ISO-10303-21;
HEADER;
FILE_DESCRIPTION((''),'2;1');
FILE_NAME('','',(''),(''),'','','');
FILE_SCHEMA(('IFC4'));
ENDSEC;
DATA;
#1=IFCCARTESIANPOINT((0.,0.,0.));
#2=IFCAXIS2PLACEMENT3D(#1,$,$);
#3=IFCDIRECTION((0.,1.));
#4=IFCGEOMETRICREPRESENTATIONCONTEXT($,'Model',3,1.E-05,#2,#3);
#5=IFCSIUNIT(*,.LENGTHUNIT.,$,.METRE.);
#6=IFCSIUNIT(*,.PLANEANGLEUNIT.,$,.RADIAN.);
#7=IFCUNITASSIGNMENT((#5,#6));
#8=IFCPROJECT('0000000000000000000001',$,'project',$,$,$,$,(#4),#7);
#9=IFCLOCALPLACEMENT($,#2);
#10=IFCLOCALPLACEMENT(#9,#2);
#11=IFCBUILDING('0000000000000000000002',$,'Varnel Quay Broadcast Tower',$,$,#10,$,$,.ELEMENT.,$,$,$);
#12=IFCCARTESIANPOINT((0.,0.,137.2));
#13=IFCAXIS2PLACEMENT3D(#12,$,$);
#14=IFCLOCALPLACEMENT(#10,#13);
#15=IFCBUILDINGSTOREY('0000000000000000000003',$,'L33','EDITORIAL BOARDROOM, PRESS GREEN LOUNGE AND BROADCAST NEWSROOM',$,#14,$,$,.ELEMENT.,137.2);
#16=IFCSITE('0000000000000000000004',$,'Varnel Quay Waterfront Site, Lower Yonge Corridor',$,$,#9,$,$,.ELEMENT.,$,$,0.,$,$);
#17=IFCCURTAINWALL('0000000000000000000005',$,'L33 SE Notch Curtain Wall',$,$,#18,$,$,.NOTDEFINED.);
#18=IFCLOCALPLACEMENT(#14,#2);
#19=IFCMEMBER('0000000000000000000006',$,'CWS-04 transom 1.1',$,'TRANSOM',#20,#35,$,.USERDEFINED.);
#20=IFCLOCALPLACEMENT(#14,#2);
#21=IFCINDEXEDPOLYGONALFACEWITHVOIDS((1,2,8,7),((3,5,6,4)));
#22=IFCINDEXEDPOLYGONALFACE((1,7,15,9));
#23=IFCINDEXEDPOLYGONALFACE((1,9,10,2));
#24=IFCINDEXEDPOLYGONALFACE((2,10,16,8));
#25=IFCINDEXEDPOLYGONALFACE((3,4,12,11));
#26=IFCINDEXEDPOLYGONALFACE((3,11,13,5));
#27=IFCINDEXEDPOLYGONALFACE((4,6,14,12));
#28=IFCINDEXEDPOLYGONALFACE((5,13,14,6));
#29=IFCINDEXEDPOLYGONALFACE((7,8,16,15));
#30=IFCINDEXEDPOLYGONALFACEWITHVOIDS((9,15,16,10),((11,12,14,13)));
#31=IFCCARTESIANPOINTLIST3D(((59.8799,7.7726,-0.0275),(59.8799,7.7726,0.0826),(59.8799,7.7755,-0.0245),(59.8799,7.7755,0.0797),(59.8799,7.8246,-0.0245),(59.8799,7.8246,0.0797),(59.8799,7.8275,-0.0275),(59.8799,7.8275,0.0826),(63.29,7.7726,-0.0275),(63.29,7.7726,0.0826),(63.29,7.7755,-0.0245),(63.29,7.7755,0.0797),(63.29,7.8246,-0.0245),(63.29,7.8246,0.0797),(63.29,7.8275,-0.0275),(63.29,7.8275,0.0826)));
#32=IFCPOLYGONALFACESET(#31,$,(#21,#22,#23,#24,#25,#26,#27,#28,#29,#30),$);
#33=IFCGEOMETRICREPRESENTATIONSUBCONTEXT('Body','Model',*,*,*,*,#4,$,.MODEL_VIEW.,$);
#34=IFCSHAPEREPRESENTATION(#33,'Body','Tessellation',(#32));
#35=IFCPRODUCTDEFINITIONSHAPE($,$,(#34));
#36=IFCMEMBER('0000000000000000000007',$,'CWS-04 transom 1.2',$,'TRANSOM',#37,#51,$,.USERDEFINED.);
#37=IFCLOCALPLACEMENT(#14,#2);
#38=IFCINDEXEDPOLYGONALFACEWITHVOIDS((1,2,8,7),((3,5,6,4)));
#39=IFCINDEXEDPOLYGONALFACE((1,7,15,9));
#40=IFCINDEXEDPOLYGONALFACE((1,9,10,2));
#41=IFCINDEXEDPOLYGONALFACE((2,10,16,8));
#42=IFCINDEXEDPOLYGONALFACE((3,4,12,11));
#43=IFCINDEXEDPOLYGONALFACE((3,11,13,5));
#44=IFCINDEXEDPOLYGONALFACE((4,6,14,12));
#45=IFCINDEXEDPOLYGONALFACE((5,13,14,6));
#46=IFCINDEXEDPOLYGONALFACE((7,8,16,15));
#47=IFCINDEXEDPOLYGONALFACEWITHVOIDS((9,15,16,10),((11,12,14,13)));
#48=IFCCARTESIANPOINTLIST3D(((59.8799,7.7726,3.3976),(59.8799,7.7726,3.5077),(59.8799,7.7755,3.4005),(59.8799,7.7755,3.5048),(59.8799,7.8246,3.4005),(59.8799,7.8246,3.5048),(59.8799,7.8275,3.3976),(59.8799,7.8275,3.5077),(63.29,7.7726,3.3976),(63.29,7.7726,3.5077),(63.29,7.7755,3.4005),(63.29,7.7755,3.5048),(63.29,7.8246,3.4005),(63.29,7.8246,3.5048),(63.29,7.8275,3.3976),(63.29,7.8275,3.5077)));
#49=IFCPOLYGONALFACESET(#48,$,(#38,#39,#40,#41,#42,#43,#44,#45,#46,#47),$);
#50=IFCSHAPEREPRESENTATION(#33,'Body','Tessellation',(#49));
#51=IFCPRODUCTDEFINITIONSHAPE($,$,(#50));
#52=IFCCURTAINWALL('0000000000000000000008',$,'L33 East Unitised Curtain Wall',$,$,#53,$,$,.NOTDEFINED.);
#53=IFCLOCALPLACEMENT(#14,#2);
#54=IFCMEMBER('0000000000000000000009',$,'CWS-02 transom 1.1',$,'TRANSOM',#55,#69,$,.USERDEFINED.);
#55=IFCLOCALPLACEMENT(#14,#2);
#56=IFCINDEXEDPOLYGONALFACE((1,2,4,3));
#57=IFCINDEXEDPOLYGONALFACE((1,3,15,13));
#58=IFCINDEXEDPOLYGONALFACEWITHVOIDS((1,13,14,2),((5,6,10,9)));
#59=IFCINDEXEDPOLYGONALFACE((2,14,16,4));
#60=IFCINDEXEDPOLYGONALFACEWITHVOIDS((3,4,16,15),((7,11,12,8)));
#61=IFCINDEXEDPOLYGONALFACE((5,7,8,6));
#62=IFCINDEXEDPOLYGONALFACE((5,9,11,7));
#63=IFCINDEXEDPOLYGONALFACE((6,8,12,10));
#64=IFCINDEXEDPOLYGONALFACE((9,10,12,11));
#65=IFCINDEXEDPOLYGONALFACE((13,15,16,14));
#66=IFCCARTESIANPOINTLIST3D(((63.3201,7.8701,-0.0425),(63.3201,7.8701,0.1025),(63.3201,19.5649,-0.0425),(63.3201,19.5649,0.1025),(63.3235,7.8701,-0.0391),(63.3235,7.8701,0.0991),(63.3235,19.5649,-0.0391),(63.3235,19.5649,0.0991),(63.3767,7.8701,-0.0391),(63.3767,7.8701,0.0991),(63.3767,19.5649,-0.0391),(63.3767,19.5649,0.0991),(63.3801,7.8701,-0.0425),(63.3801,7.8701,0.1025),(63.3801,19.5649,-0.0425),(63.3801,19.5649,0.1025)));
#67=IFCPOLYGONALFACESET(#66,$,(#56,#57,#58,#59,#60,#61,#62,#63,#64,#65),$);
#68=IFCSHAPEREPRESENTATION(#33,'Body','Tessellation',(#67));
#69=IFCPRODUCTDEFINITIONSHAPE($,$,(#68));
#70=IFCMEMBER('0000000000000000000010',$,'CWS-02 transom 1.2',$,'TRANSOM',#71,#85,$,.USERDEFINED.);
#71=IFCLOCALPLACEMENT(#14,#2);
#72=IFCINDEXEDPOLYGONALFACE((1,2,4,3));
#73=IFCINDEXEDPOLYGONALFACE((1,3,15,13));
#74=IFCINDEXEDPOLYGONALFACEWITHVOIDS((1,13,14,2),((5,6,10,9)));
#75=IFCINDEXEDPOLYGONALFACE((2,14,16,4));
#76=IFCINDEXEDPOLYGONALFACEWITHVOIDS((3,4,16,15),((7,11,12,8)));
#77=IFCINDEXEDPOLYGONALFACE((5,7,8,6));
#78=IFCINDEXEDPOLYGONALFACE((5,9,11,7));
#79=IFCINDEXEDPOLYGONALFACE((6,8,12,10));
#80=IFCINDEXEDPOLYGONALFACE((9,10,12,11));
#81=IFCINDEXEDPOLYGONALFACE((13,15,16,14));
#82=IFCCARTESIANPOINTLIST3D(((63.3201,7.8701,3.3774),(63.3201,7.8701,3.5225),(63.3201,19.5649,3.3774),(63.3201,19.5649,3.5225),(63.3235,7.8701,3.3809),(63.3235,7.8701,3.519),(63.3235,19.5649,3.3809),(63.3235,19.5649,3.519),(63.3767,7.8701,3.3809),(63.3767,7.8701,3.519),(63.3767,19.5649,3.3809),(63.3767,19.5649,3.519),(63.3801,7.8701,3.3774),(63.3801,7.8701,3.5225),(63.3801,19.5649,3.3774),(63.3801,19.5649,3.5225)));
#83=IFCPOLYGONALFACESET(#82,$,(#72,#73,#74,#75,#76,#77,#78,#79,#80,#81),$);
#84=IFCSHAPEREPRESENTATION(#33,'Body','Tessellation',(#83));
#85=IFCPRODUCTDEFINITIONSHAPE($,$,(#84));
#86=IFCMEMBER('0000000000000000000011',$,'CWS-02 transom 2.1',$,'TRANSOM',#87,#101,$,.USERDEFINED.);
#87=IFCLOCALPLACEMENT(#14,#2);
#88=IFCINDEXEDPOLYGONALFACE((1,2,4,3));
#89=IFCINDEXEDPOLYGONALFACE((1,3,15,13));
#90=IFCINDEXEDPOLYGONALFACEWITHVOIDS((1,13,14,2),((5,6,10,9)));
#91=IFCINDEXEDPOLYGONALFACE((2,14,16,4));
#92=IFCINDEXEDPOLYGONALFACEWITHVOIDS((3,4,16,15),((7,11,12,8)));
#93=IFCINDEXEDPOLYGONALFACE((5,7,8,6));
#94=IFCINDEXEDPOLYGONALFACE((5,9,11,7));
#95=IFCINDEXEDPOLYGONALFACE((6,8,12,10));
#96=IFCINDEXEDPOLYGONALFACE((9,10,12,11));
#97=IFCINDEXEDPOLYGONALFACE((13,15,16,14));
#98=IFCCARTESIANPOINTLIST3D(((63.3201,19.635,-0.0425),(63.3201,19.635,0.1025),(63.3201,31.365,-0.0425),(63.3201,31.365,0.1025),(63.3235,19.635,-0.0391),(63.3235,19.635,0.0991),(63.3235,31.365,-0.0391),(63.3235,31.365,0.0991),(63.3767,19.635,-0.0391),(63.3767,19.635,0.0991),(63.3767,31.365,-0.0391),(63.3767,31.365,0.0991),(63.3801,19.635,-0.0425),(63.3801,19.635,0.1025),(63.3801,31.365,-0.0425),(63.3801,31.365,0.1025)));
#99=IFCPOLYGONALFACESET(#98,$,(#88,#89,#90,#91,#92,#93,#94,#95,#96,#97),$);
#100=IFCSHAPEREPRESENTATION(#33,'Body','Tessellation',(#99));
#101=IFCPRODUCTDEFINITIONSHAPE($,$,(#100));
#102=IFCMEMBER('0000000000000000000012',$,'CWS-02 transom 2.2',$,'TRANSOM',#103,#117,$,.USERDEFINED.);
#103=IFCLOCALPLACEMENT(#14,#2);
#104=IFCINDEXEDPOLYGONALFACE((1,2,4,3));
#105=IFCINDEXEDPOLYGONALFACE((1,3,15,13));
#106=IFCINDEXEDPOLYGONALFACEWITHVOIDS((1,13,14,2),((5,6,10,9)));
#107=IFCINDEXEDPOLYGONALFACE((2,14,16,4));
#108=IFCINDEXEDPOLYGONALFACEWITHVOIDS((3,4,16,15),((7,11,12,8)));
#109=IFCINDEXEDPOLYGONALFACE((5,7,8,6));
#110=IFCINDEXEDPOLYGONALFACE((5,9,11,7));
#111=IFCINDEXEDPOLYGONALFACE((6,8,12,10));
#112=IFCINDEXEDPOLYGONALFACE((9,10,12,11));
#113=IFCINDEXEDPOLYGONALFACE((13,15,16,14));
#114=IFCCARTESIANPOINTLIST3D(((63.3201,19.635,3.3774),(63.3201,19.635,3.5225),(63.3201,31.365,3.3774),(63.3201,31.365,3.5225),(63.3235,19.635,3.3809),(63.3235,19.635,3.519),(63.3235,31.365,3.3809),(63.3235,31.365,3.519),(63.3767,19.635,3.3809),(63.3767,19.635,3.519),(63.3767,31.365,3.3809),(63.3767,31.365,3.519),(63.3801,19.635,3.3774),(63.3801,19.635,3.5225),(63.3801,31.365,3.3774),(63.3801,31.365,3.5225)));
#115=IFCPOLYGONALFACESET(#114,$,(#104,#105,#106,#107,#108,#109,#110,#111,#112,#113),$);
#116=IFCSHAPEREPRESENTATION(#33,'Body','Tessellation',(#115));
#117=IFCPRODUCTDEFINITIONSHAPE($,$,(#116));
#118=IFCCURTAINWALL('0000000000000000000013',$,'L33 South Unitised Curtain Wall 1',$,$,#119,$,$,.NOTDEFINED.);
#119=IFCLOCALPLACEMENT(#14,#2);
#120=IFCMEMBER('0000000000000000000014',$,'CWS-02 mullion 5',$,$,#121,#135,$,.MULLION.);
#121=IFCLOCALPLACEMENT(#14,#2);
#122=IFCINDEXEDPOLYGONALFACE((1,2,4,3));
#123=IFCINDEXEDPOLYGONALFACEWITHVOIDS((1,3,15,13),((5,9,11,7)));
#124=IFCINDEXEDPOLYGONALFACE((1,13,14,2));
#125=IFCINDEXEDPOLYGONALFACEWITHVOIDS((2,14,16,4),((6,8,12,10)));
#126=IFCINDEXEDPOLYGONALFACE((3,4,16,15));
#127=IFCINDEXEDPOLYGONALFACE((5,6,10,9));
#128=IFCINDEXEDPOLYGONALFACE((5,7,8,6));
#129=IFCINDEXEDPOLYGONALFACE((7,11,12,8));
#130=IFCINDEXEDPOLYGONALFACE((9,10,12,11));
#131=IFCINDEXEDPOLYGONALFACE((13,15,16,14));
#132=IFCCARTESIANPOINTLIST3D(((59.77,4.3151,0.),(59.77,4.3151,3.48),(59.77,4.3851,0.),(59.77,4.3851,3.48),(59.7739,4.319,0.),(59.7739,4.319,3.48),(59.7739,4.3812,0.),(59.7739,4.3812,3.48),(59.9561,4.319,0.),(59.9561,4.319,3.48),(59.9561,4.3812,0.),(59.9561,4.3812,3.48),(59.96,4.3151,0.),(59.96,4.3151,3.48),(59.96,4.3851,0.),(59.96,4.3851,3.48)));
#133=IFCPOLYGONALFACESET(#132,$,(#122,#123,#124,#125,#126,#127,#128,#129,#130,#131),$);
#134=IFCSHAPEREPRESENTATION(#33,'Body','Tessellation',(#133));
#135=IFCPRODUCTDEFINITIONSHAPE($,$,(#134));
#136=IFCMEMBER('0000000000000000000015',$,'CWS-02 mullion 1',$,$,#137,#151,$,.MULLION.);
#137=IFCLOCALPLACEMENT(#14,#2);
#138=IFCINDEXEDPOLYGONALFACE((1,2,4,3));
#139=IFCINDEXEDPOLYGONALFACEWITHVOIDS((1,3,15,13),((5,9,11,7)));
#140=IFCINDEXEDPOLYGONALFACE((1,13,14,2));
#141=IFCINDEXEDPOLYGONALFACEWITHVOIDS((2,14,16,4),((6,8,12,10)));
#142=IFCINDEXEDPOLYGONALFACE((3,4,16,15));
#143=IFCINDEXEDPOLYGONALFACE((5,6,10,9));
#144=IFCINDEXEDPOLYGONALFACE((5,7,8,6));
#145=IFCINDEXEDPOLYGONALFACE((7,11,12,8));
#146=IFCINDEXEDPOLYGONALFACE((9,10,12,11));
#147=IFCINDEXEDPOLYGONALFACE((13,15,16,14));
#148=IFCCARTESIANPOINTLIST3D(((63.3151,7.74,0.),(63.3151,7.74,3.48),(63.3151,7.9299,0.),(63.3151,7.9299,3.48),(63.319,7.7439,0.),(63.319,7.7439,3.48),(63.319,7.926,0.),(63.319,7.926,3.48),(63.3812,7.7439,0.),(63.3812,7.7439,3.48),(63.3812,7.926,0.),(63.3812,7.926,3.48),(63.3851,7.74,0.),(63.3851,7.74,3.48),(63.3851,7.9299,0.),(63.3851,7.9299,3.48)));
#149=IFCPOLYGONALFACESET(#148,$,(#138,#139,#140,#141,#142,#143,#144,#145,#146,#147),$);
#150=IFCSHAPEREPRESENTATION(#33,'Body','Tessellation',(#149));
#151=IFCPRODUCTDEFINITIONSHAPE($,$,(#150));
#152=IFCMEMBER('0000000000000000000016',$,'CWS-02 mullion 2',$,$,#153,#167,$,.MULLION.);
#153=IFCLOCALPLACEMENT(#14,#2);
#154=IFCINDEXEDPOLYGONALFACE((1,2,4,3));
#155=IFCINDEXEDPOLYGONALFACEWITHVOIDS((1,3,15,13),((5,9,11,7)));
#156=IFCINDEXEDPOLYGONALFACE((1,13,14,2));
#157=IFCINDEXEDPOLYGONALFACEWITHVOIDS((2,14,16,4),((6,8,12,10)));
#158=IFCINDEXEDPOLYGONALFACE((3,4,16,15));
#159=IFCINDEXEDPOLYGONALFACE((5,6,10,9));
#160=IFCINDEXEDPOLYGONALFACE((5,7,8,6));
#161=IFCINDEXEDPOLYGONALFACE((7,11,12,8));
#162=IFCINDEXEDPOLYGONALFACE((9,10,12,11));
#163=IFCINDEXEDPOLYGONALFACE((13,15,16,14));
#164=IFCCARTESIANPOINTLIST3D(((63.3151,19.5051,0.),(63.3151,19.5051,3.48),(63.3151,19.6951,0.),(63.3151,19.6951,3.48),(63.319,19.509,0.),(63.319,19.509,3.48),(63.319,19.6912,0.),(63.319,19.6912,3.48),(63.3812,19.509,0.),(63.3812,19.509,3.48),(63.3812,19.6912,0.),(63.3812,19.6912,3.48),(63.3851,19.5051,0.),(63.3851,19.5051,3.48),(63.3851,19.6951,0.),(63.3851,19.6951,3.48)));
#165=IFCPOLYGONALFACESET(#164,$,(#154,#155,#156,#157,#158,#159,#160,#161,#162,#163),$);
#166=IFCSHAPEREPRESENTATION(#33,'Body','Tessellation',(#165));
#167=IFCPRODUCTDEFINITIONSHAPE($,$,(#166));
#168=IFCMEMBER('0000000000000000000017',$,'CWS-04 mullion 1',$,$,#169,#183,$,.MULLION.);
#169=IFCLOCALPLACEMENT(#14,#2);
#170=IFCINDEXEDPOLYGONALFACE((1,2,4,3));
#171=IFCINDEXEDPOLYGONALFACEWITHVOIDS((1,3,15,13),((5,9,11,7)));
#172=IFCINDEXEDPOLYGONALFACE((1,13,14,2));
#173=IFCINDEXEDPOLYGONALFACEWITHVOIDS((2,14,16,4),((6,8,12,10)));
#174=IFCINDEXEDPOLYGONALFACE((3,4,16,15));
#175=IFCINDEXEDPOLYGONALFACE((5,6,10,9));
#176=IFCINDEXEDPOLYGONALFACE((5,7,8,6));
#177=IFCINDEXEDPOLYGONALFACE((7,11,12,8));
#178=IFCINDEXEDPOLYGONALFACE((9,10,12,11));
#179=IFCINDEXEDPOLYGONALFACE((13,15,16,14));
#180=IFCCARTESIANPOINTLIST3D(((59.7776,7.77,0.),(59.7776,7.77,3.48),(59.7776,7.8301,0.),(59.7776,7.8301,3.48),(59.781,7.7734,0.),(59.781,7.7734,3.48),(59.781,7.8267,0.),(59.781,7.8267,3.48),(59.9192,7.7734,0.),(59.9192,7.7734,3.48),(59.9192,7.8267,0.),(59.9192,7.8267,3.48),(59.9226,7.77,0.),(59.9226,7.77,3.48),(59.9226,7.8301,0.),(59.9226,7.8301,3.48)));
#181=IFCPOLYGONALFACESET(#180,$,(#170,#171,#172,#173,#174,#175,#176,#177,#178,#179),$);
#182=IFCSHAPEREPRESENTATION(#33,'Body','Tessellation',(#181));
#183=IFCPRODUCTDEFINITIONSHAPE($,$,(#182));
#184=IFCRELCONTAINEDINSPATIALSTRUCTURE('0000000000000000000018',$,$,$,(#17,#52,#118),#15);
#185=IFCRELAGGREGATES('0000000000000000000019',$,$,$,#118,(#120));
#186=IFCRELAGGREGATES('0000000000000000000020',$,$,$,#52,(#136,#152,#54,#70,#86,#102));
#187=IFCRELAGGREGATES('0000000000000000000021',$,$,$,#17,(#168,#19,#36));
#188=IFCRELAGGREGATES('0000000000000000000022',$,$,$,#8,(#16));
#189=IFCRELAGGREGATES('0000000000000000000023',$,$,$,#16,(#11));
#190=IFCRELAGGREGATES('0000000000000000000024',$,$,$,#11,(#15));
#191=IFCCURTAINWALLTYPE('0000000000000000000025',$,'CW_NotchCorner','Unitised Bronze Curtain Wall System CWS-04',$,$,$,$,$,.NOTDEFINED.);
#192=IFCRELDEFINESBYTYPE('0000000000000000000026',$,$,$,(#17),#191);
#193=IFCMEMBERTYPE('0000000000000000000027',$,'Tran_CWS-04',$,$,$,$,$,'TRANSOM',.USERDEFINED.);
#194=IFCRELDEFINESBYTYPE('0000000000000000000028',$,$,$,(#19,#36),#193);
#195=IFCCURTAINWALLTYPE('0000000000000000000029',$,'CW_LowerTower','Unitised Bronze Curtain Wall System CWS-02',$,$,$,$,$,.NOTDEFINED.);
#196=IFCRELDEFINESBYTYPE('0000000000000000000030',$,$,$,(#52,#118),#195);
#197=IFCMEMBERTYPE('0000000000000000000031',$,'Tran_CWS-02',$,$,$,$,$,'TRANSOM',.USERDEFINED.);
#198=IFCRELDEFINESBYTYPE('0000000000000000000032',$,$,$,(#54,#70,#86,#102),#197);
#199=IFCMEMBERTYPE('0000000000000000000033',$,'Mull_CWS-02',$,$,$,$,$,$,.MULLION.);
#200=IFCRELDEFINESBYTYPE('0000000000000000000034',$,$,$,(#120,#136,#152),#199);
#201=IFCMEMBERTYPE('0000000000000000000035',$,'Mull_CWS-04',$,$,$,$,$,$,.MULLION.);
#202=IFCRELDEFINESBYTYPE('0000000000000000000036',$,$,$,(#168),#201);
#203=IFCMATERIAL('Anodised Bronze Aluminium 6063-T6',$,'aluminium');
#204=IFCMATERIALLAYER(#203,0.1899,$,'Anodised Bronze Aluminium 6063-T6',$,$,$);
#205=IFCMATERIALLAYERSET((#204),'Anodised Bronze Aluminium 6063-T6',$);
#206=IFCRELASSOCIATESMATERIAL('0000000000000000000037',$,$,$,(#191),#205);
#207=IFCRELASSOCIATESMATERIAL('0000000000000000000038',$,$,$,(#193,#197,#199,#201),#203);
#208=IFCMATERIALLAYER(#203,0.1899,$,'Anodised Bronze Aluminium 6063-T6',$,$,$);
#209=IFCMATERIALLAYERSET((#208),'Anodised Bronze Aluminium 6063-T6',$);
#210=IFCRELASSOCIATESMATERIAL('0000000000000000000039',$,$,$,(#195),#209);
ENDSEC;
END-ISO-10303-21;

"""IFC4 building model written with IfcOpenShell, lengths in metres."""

from ifc_helpers import new_model, si_unit, direction, frame, origin, origin_2d, place, context, subcontext, project, spatial, hollow_rectangle, extrude, source, transform, mapped, material, layer, layer_set, material_profile, profile_set, type_object, type_shapes, element, aggregate, save


model = new_model("IFC4")

# Units and contexts
model_context = context("Model", 3, precision=1e-05, world=origin(), true_north=direction((0.0, 1.0)))
body_context = subcontext(model_context, "Body", "Model", "MODEL_VIEW")
ifc_project = project(units=[si_unit("LENGTHUNIT", "METRE"), si_unit("PLANEANGLEUNIT", "RADIAN")], contexts=[model_context])

# Site, building, storey
site_placement = place(None, origin())
site = spatial("IfcSite", under=ifc_project, at=site_placement, Name="Varnel Quay Waterfront Site, Lower Yonge Corridor", CompositionType="ELEMENT", RefElevation=0.0)
building_placement = place(site_placement, origin())
building = spatial("IfcBuilding", under=site, at=building_placement, Name="Varnel Quay Broadcast Tower", CompositionType="ELEMENT")
storey_placement = place(building_placement, frame((0.0, 0.0, 137.2)))
storey = spatial("IfcBuildingStorey", under=building, at=storey_placement, Name="L33", Description="EDITORIAL BOARDROOM, PRESS GREEN LOUNGE AND BROADCAST NEWSROOM", CompositionType="ELEMENT", Elevation=137.2)

# Curtain walls, members
ifc_material_1 = material(Name="Anodised Bronze Aluminium 6063-T6", Category="aluminium")
ifc_layer_1 = layer(ifc_material_1, 0.1899, Name="Anodised Bronze Aluminium 6063-T6")
ifc_layer_set_1 = layer_set([ifc_layer_1], Name="Anodised Bronze Aluminium 6063-T6")
curtain_wall_type_1 = type_object("IfcCurtainWallType", Name="CW_NotchCorner", Description="Unitised Bronze Curtain Wall System CWS-04", PredefinedType="NOTDEFINED", material=ifc_layer_set_1)
curtain_wall_1_placement = place(storey_placement, origin())
curtain_wall_1 = element("IfcCurtainWall", 1, at=curtain_wall_1_placement, inside=storey, type_object=curtain_wall_type_1, Name="L33 SE Notch Curtain Wall", PredefinedType="NOTDEFINED")
ifc_material_profile_1 = material_profile(ifc_material_1, hollow_rectangle(XDim=0.0549, YDim=0.1101, WallThickness=0.0029, at=origin_2d()), Name="ALU55X110X3")
ifc_profile_set_1 = profile_set([ifc_material_profile_1], Name="Anodised Bronze Aluminium 6063-T6")
member_type_1 = type_object("IfcMemberType", Name="Tran_CWS-04", ElementType="TRANSOM", PredefinedType="USERDEFINED", material=ifc_profile_set_1)
shared_shape_1 = source(origin(), body_context, "Body", "SweptSolid", [
    extrude(hollow_rectangle(XDim=0.0549, YDim=0.1101, WallThickness=0.0029, at=origin_2d()), origin(), (0.0, 0.0, 1.0), 3.4102),
])
type_shapes(member_type_1, [shared_shape_1])
member_1_placement = place(storey_placement, frame((59.8799, 7.8, 0.0276), z_axis=(1.0, 0.0, 0.0), x_axis=(0.0, 1.0, 0.0)))
member_1 = element("IfcMember", 2, at=member_1_placement, type_object=member_type_1, Name="CWS-04 transom 1.1", ObjectType="TRANSOM", PredefinedType="USERDEFINED", context=body_context, shape_type="MappedRepresentation", body=[
    mapped(shared_shape_1, transform((0.0, 0.0, 0.0), x_axis=(1.0, 0.0, 0.0), y_axis=(0.0, 1.0, 0.0), z_axis=(0.0, 0.0, 1.0), scale=1.0)),
])
member_2_placement = place(storey_placement, frame((59.8799, 7.8, 3.4526), z_axis=(1.0, 0.0, 0.0), x_axis=(0.0, 1.0, 0.0)))
member_2 = element("IfcMember", 3, at=member_2_placement, type_object=member_type_1, Name="CWS-04 transom 1.2", ObjectType="TRANSOM", PredefinedType="USERDEFINED", context=body_context, shape_type="MappedRepresentation", body=[
    mapped(shared_shape_1, transform((0.0, 0.0, 0.0), x_axis=(1.0, 0.0, 0.0), y_axis=(0.0, 1.0, 0.0), z_axis=(0.0, 0.0, 1.0), scale=1.0)),
])
ifc_layer_2 = layer(ifc_material_1, 0.1899, Name="Anodised Bronze Aluminium 6063-T6")
ifc_layer_set_2 = layer_set([ifc_layer_2], Name="Anodised Bronze Aluminium 6063-T6")
curtain_wall_type_2 = type_object("IfcCurtainWallType", Name="CW_LowerTower", Description="Unitised Bronze Curtain Wall System CWS-02", PredefinedType="NOTDEFINED", material=ifc_layer_set_2)
curtain_wall_2_placement = place(storey_placement, origin())
curtain_wall_2 = element("IfcCurtainWall", 4, at=curtain_wall_2_placement, inside=storey, type_object=curtain_wall_type_2, Name="L33 East Unitised Curtain Wall", PredefinedType="NOTDEFINED")
ifc_material_profile_2 = material_profile(ifc_material_1, hollow_rectangle(XDim=0.0601, YDim=0.145, WallThickness=0.0034, at=origin_2d()), Name="ALU60X145X3.5")
ifc_profile_set_2 = profile_set([ifc_material_profile_2], Name="Anodised Bronze Aluminium 6063-T6")
member_type_2 = type_object("IfcMemberType", Name="Tran_CWS-02", ElementType="TRANSOM", PredefinedType="USERDEFINED", material=ifc_profile_set_2)
shared_shape_2 = source(origin(), body_context, "Body", "SweptSolid", [
    extrude(hollow_rectangle(XDim=0.0601, YDim=0.145, WallThickness=0.0034, at=origin_2d()), origin(), (0.0, 0.0, 1.0), 11.6948),
])
member_3_placement = place(storey_placement, frame((63.3501, 7.8701, 0.03), z_axis=(0.0, 1.0, 0.0), x_axis=(-1.0, 0.0, 0.0)))
member_3 = element("IfcMember", 5, at=member_3_placement, type_object=member_type_2, Name="CWS-02 transom 1.1", ObjectType="TRANSOM", PredefinedType="USERDEFINED", context=body_context, shape_type="MappedRepresentation", body=[
    mapped(shared_shape_2, transform((0.0, 0.0, 0.0), x_axis=(1.0, 0.0, 0.0), y_axis=(0.0, 1.0, 0.0), z_axis=(0.0, 0.0, 1.0), scale=1.0)),
])
member_4_placement = place(storey_placement, frame((63.3501, 7.8701, 3.45), z_axis=(0.0, 1.0, 0.0), x_axis=(-1.0, 0.0, 0.0)))
member_4 = element("IfcMember", 6, at=member_4_placement, type_object=member_type_2, Name="CWS-02 transom 1.2", ObjectType="TRANSOM", PredefinedType="USERDEFINED", context=body_context, shape_type="MappedRepresentation", body=[
    mapped(shared_shape_2, transform((0.0, 0.0, 0.0), x_axis=(1.0, 0.0, 0.0), y_axis=(0.0, 1.0, 0.0), z_axis=(0.0, 0.0, 1.0), scale=1.0)),
])
shared_shape_3 = source(origin(), body_context, "Body", "SweptSolid", [
    extrude(hollow_rectangle(XDim=0.0601, YDim=0.145, WallThickness=0.0034, at=origin_2d()), origin(), (0.0, 0.0, 1.0), 11.73),
])
type_shapes(member_type_2, [shared_shape_2, shared_shape_3])
member_5_placement = place(storey_placement, frame((63.3501, 19.635, 0.03), z_axis=(0.0, 1.0, 0.0), x_axis=(-1.0, 0.0, 0.0)))
member_5 = element("IfcMember", 7, at=member_5_placement, type_object=member_type_2, Name="CWS-02 transom 2.1", ObjectType="TRANSOM", PredefinedType="USERDEFINED", context=body_context, shape_type="MappedRepresentation", body=[
    mapped(shared_shape_3, transform((0.0, 0.0, 0.0), x_axis=(1.0, 0.0, 0.0), y_axis=(0.0, 1.0, 0.0), z_axis=(0.0, 0.0, 1.0), scale=1.0)),
])
member_6_placement = place(storey_placement, frame((63.3501, 19.635, 3.45), z_axis=(0.0, 1.0, 0.0), x_axis=(-1.0, 0.0, 0.0)))
member_6 = element("IfcMember", 8, at=member_6_placement, type_object=member_type_2, Name="CWS-02 transom 2.2", ObjectType="TRANSOM", PredefinedType="USERDEFINED", context=body_context, shape_type="MappedRepresentation", body=[
    mapped(shared_shape_3, transform((0.0, 0.0, 0.0), x_axis=(1.0, 0.0, 0.0), y_axis=(0.0, 1.0, 0.0), z_axis=(0.0, 0.0, 1.0), scale=1.0)),
])

# Curtain wall, member
curtain_wall_3_placement = place(storey_placement, origin())
curtain_wall_3 = element("IfcCurtainWall", 9, at=curtain_wall_3_placement, inside=storey, type_object=curtain_wall_type_2, Name="L33 South Unitised Curtain Wall 1", PredefinedType="NOTDEFINED")
ifc_material_profile_3 = material_profile(ifc_material_1, hollow_rectangle(XDim=0.0701, YDim=0.1899, WallThickness=0.0039, at=origin_2d()), Name="ALU70X190X4")
ifc_profile_set_3 = profile_set([ifc_material_profile_3], Name="Anodised Bronze Aluminium 6063-T6")
member_type_3 = type_object("IfcMemberType", Name="Mull_CWS-02", PredefinedType="MULLION", material=ifc_profile_set_3)
shared_shape_4 = source(origin(), body_context, "Body", "SweptSolid", [
    extrude(hollow_rectangle(XDim=0.0701, YDim=0.1899, WallThickness=0.0039, at=origin_2d()), origin(), (0.0, 0.0, 1.0), 3.48),
])
type_shapes(member_type_3, [shared_shape_4])
member_7_placement = place(storey_placement, frame((59.865, 4.3501, 0.0), z_axis=(0.0, 0.0, 1.0), x_axis=(0.0, 1.0, 0.0)))
member_7 = element("IfcMember", 10, at=member_7_placement, type_object=member_type_3, Name="CWS-02 mullion 5", PredefinedType="MULLION", context=body_context, shape_type="MappedRepresentation", body=[
    mapped(shared_shape_4, transform((0.0, 0.0, 0.0), x_axis=(1.0, 0.0, 0.0), y_axis=(0.0, 1.0, 0.0), z_axis=(0.0, 0.0, 1.0), scale=1.0)),
])

# Members
member_8_placement = place(storey_placement, frame((63.3501, 7.835, 0.0), z_axis=(0.0, 0.0, 1.0), x_axis=(-1.0, 0.0, 0.0)))
member_8 = element("IfcMember", 11, at=member_8_placement, type_object=member_type_3, Name="CWS-02 mullion 1", PredefinedType="MULLION", context=body_context, shape_type="MappedRepresentation", body=[
    mapped(shared_shape_4, transform((0.0, 0.0, 0.0), x_axis=(1.0, 0.0, 0.0), y_axis=(0.0, 1.0, 0.0), z_axis=(0.0, 0.0, 1.0), scale=1.0)),
])
member_9_placement = place(storey_placement, frame((63.3501, 19.6001, 0.0), z_axis=(0.0, 0.0, 1.0), x_axis=(-1.0, 0.0, 0.0)))
member_9 = element("IfcMember", 12, at=member_9_placement, type_object=member_type_3, Name="CWS-02 mullion 2", PredefinedType="MULLION", context=body_context, shape_type="MappedRepresentation", body=[
    mapped(shared_shape_4, transform((0.0, 0.0, 0.0), x_axis=(1.0, 0.0, 0.0), y_axis=(0.0, 1.0, 0.0), z_axis=(0.0, 0.0, 1.0), scale=1.0)),
])
ifc_material_profile_4 = material_profile(ifc_material_1, hollow_rectangle(XDim=0.0601, YDim=0.145, WallThickness=0.0034, at=origin_2d()), Name="ALU60X145X3.5")
ifc_profile_set_4 = profile_set([ifc_material_profile_4], Name="Anodised Bronze Aluminium 6063-T6")
member_type_4 = type_object("IfcMemberType", Name="Mull_CWS-04", PredefinedType="MULLION", material=ifc_profile_set_4)
shared_shape_5 = source(origin(), body_context, "Body", "SweptSolid", [
    extrude(hollow_rectangle(XDim=0.0601, YDim=0.145, WallThickness=0.0034, at=origin_2d()), origin(), (0.0, 0.0, 1.0), 3.48),
])
type_shapes(member_type_4, [shared_shape_5])
member_10_placement = place(storey_placement, frame((59.8501, 7.8, 0.0), z_axis=(0.0, 0.0, 1.0), x_axis=(0.0, 1.0, 0.0)))
member_10 = element("IfcMember", 13, at=member_10_placement, type_object=member_type_4, Name="CWS-04 mullion 1", PredefinedType="MULLION", context=body_context, shape_type="MappedRepresentation", body=[
    mapped(shared_shape_5, transform((0.0, 0.0, 0.0), x_axis=(1.0, 0.0, 0.0), y_axis=(0.0, 1.0, 0.0), z_axis=(0.0, 0.0, 1.0), scale=1.0)),
])

aggregate(curtain_wall_3, [member_7])
aggregate(curtain_wall_2, [member_8, member_9, member_3, member_4, member_5, member_6])
aggregate(curtain_wall_1, [member_10, member_1, member_2])

save(model, "model.ifc")
